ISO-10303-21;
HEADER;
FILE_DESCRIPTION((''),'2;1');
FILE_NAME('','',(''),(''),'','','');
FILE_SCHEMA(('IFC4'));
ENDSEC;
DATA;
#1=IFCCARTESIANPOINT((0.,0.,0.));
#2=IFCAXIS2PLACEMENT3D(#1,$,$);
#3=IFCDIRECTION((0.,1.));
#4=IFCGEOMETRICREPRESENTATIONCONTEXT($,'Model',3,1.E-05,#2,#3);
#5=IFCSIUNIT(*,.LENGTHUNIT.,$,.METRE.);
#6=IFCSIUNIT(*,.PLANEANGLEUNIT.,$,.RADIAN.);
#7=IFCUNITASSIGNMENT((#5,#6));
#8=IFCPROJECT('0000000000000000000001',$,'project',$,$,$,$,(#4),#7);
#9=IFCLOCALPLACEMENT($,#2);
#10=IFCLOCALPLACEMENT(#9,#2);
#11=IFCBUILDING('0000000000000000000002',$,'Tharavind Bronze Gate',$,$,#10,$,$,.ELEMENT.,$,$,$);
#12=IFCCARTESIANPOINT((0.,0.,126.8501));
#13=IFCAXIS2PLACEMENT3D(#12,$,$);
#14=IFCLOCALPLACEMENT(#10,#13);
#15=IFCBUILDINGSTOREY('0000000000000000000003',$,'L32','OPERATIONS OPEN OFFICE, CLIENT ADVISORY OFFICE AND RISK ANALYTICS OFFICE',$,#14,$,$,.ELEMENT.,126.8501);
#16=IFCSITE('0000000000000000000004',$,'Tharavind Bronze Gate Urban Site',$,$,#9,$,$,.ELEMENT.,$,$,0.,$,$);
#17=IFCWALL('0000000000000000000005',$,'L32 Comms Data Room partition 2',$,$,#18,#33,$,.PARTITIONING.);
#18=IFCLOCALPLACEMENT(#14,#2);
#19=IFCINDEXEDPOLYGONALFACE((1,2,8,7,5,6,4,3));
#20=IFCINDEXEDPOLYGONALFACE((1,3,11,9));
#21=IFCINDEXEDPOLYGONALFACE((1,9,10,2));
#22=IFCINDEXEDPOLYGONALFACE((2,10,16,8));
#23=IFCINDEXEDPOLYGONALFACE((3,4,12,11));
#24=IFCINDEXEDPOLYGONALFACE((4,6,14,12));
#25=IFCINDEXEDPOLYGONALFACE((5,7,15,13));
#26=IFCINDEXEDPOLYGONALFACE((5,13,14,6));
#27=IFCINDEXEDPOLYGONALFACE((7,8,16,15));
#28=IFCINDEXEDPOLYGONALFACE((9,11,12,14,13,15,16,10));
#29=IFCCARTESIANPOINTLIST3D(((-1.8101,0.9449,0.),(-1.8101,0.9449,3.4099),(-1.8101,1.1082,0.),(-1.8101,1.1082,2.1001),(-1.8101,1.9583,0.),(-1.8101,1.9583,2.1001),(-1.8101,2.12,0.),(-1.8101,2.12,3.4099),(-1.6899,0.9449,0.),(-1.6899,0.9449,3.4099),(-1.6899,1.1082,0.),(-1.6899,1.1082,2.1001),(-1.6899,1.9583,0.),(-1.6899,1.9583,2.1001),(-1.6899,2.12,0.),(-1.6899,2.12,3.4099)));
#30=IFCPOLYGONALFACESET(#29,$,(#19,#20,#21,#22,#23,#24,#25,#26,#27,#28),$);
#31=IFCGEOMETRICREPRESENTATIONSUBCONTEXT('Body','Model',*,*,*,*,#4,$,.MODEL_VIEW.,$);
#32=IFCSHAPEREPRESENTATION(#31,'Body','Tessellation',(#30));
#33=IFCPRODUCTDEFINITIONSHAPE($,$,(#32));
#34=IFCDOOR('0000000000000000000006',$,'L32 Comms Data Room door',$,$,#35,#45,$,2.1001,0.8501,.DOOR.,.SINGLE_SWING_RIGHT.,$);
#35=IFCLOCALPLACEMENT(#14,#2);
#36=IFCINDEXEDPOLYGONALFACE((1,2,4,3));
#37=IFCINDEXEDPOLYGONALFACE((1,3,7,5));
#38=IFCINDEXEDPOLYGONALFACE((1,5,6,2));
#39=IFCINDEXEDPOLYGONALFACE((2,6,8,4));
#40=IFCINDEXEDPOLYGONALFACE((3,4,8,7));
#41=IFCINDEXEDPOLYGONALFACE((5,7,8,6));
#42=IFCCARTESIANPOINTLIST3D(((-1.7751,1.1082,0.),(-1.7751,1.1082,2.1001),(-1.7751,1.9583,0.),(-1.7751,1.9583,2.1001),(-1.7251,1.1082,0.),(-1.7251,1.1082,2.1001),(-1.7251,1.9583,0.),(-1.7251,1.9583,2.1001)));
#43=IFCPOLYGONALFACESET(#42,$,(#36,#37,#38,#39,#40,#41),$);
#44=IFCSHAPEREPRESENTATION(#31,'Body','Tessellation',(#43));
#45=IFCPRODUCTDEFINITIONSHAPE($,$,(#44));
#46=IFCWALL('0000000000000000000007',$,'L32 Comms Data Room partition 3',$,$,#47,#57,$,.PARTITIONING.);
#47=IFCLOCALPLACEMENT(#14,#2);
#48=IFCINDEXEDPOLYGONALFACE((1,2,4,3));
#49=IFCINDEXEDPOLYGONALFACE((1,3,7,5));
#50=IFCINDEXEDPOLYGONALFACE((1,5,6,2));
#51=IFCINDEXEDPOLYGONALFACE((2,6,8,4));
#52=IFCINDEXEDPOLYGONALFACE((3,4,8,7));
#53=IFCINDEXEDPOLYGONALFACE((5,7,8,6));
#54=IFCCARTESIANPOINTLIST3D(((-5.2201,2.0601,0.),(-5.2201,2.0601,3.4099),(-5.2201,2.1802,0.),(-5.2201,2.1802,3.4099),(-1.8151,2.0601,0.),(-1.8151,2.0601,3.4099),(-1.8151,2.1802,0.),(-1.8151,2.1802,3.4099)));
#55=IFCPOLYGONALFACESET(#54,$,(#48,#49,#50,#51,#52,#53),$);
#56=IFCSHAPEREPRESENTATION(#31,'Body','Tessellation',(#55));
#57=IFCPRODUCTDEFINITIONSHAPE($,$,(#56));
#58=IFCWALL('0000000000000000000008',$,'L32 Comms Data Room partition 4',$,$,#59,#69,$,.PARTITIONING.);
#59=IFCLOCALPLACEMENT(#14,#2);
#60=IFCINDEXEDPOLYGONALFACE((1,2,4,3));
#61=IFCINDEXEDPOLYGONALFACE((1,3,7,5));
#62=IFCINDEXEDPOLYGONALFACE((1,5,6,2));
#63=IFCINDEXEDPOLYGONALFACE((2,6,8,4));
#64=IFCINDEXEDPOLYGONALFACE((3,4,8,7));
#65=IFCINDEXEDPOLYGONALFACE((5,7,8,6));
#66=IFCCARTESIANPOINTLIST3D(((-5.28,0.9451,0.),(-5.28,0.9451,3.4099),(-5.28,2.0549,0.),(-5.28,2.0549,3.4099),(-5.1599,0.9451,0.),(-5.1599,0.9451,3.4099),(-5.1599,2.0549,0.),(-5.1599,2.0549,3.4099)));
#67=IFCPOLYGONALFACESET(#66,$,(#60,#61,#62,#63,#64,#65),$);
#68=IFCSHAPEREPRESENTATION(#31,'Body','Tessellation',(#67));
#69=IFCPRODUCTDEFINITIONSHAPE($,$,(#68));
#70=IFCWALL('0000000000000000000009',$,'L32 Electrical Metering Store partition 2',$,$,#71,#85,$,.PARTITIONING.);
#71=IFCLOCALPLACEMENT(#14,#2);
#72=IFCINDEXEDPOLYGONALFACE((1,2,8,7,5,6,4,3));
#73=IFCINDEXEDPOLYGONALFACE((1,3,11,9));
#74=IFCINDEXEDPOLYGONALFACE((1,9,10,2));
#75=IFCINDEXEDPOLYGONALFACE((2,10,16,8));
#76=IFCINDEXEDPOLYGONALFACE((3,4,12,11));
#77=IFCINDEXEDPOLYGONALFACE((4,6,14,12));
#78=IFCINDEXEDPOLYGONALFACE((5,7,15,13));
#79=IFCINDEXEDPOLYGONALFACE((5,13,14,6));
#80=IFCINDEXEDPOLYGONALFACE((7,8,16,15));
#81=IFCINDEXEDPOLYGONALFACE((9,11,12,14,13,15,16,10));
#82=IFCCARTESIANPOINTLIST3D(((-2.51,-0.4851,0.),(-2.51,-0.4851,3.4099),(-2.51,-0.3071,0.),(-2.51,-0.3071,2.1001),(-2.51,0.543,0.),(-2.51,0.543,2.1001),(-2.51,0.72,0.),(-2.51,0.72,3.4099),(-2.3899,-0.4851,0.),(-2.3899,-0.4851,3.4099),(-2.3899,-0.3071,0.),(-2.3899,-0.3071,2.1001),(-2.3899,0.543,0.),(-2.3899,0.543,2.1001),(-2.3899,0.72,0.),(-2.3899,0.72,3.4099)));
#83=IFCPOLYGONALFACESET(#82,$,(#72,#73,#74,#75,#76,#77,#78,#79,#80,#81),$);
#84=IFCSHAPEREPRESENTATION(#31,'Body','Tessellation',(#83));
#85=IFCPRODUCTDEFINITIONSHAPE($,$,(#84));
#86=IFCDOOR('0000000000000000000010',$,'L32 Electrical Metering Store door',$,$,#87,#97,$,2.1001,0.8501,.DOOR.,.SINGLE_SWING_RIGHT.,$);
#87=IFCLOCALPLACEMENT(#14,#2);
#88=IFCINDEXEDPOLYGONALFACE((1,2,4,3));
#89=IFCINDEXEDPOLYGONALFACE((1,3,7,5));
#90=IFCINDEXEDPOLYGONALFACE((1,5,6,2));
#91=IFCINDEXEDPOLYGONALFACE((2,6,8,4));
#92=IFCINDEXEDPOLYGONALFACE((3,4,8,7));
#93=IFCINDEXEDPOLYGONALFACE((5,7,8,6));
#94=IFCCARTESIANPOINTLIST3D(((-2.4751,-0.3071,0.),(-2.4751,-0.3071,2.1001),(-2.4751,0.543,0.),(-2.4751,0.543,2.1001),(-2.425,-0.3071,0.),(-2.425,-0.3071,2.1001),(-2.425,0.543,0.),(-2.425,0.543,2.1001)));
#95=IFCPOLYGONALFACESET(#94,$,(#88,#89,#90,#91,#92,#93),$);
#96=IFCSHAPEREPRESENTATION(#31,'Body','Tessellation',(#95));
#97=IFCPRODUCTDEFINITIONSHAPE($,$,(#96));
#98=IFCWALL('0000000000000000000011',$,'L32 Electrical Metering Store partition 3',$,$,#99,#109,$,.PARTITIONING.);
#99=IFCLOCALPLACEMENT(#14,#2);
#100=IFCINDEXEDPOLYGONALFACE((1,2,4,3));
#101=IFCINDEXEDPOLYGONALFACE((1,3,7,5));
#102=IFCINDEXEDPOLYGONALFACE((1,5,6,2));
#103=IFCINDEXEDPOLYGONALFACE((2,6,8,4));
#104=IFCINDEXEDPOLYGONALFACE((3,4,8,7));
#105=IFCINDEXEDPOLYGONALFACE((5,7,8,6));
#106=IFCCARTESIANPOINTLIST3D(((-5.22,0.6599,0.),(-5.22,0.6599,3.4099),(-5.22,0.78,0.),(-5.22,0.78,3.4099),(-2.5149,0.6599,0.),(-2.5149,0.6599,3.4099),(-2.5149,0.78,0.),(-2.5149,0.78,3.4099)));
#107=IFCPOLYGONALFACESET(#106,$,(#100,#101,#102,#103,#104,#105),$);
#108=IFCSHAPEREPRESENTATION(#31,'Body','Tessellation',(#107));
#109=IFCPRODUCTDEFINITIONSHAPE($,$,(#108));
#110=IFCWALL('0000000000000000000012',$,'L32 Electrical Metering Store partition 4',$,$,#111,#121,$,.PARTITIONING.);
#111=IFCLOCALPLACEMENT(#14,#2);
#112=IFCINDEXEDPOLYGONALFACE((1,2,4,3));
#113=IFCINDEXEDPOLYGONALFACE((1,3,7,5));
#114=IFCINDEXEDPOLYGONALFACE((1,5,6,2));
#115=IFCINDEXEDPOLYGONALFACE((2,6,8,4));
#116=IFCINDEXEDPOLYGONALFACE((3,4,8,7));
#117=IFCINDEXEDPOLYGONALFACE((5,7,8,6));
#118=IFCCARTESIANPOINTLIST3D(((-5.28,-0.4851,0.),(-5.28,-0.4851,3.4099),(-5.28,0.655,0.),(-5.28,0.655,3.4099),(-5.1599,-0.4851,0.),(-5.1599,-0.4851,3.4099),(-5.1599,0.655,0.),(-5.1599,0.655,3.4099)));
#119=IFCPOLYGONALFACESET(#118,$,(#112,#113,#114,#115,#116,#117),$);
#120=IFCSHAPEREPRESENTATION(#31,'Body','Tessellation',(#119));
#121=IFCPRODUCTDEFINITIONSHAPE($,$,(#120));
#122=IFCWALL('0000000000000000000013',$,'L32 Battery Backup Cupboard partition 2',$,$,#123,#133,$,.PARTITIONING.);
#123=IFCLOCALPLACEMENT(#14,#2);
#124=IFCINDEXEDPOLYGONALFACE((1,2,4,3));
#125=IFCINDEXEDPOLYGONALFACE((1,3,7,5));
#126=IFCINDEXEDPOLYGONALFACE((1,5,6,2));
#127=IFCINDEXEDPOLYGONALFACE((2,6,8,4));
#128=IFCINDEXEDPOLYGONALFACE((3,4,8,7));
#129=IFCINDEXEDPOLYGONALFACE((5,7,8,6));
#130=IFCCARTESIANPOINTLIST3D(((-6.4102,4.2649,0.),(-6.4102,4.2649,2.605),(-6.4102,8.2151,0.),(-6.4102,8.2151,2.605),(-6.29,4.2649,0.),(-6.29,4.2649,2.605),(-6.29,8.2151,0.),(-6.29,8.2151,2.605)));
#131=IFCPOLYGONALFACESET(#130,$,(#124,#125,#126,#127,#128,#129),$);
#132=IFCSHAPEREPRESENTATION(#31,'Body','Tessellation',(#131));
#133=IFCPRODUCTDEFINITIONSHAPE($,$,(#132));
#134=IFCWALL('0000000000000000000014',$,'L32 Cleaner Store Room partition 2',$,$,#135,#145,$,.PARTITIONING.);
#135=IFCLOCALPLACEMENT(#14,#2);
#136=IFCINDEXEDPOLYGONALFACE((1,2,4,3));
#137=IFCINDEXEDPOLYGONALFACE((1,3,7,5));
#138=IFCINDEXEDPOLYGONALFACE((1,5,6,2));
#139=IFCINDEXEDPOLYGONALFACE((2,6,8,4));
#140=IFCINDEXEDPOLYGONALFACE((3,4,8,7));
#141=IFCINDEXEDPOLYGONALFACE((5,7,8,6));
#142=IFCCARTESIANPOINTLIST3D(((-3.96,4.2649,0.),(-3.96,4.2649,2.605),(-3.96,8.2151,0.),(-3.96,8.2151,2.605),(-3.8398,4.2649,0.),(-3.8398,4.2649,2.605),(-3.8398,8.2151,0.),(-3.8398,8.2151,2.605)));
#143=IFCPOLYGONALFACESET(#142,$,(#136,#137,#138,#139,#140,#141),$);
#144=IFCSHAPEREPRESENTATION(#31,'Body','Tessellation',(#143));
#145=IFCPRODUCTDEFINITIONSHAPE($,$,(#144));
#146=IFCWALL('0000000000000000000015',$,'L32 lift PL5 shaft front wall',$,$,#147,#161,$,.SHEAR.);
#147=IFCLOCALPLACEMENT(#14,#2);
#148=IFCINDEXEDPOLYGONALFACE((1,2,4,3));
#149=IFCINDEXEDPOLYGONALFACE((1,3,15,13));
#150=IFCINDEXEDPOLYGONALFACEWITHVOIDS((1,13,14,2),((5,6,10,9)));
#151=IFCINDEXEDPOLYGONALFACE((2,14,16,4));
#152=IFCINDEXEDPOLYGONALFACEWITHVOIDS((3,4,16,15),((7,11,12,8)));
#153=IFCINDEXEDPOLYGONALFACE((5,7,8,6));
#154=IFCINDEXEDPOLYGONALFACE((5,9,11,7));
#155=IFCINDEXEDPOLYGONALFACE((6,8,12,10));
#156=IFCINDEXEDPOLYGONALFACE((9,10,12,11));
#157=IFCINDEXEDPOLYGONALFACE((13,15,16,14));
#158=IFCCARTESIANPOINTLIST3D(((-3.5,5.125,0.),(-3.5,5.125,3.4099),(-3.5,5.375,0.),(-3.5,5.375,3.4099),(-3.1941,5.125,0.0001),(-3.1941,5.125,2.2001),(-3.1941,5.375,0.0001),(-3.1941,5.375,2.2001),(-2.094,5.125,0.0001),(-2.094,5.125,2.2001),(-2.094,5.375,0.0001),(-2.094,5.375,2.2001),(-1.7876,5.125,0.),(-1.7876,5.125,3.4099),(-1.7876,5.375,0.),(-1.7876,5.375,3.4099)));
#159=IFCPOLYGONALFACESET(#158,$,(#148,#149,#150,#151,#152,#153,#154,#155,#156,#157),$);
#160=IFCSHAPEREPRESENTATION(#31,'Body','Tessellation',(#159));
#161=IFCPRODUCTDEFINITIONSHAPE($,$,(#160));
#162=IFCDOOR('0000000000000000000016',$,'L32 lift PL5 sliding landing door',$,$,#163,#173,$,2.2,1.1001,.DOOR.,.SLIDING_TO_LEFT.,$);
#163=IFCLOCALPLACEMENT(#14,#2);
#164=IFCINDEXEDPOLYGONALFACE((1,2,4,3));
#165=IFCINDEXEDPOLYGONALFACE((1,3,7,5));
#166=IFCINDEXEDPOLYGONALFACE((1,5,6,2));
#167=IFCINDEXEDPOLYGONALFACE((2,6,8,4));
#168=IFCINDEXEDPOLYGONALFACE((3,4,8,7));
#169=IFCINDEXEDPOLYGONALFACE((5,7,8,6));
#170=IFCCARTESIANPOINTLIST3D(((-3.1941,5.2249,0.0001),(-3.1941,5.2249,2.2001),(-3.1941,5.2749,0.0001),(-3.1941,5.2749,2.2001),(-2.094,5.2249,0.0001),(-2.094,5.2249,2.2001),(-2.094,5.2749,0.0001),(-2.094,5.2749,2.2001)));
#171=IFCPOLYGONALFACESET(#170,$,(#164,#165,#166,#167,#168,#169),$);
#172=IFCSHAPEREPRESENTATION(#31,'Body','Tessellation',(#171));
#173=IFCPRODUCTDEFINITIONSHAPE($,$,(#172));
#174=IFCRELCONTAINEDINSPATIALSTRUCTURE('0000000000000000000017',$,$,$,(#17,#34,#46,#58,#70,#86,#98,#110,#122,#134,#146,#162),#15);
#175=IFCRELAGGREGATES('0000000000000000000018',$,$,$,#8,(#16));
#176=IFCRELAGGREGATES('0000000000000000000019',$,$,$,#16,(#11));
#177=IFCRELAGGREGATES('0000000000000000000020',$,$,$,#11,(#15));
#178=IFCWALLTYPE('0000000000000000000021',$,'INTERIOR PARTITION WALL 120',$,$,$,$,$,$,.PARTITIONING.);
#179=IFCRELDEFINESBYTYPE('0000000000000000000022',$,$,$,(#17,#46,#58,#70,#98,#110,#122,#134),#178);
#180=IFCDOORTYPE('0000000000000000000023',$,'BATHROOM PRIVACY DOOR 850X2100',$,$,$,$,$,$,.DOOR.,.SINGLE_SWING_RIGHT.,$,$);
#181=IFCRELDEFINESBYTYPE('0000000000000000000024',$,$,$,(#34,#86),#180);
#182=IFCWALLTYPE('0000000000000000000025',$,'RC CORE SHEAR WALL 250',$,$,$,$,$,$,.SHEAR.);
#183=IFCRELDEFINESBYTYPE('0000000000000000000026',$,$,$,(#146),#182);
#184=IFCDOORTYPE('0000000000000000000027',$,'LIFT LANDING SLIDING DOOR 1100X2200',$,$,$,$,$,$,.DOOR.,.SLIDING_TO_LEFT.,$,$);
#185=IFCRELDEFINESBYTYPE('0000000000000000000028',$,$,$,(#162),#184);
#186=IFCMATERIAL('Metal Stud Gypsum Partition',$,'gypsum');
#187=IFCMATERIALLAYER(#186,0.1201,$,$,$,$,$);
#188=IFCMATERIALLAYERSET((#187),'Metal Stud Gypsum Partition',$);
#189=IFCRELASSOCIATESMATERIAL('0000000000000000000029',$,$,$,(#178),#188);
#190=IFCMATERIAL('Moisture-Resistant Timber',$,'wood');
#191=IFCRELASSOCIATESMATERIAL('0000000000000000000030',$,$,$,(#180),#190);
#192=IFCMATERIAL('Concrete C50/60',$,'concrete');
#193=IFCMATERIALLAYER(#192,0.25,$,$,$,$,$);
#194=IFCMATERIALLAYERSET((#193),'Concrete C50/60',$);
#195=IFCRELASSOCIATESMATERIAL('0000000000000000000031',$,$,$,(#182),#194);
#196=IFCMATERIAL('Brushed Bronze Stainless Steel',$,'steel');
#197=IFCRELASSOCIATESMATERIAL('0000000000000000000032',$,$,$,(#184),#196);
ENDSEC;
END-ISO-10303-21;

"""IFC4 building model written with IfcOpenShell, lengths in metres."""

from ifc_helpers import new_model, si_unit, direction, frame, frame_2d, origin, place, context, subcontext, project, spatial, rectangle, extrude, material, layer, layer_set, type_object, element, fill, save


model = new_model("IFC4")

# Units and contexts
model_context = context("Model", 3, precision=1e-05, world=origin(), true_north=direction((0.0, 1.0)))
body_context = subcontext(model_context, "Body", "Model", "MODEL_VIEW")
ifc_project = project(units=[si_unit("LENGTHUNIT", "METRE"), si_unit("PLANEANGLEUNIT", "RADIAN")], contexts=[model_context])

# Site, building, storey
site_placement = place(None, origin())
site = spatial("IfcSite", under=ifc_project, at=site_placement, Name="Tharavind Bronze Gate Urban Site", CompositionType="ELEMENT", RefElevation=0.0)
building_placement = place(site_placement, origin())
building = spatial("IfcBuilding", under=site, at=building_placement, Name="Tharavind Bronze Gate", CompositionType="ELEMENT")
storey_placement = place(building_placement, frame((0.0, 0.0, 126.8501)))
storey = spatial("IfcBuildingStorey", under=building, at=storey_placement, Name="L32", Description="OPERATIONS OPEN OFFICE, CLIENT ADVISORY OFFICE AND RISK ANALYTICS OFFICE", CompositionType="ELEMENT", Elevation=126.8501)

# Shared definitions
ifc_material_1 = material(Name="Metal Stud Gypsum Partition", Category="gypsum")
ifc_layer_1 = layer(ifc_material_1, 0.1201)
ifc_layer_set_1 = layer_set([ifc_layer_1], Name="Metal Stud Gypsum Partition")
wall_type_1 = type_object("IfcWallType", Name="INTERIOR PARTITION WALL 120", PredefinedType="PARTITIONING", material=ifc_layer_set_1)

# Shared definitions
ifc_material_2 = material(Name="Moisture-Resistant Timber", Category="wood")
door_type_1 = type_object("IfcDoorType", Name="BATHROOM PRIVACY DOOR 850X2100", OperationType="SINGLE_SWING_RIGHT", PredefinedType="DOOR", material=ifc_material_2)

# Wall, opening, door
wall_1_placement = place(storey_placement, frame((-1.75, 0.9451, 0.0), z_axis=(0.0, 0.0, 1.0), x_axis=(0.0, 1.0, 0.0)))
wall_1 = element("IfcWall", 1, at=wall_1_placement, inside=storey, type_object=wall_type_1, Name="L32 Comms Data Room partition 2", PredefinedType="PARTITIONING", context=body_context, shape_type="SweptSolid", body=[
    extrude(rectangle(XDim=1.175, YDim=0.1201, at=frame_2d((0.5874, 0.0))), origin(), (0.0, 0.0, 1.0), 3.4099),
])
opening_1_placement = place(wall_1_placement, frame((0.1631, 0.0, 0.0)))
opening_1 = element("IfcOpeningElement", 2, at=opening_1_placement, cuts=wall_1, PredefinedType="OPENING", context=body_context, shape_type="SweptSolid", body=[
    extrude(rectangle(XDim=0.8501, YDim=2.1001, at=frame_2d((0.425, 1.05))), frame((0.0, 0.0701, 0.0), z_axis=(0.0, -1.0, 0.0), x_axis=(1.0, 0.0, 0.0)), (0.0, 0.0, 1.0), 0.1401),
])
door_1_placement = place(opening_1_placement, frame((0.8501, 0.0, 0.0), z_axis=(0.0, 0.0, 1.0), x_axis=(-1.0, 0.0, 0.0)))
door_1 = element("IfcDoor", 3, at=door_1_placement, inside=storey, type_object=door_type_1, Name="L32 Comms Data Room door", OperationType="SINGLE_SWING_RIGHT", OverallHeight=2.1001, OverallWidth=0.8501, PredefinedType="DOOR", context=body_context, shape_type="SweptSolid", body=[
    extrude(rectangle(XDim=0.8501, YDim=2.1001, at=frame_2d((0.425, 1.05))), frame((0.0, 0.0249, 0.0), z_axis=(0.0, -1.0, 0.0), x_axis=(1.0, 0.0, 0.0)), (0.0, 0.0, 1.0), 0.05),
])
fill(opening_1, door_1)

# Walls
wall_2_placement = place(storey_placement, frame((-1.8149, 2.1201, 0.0), z_axis=(0.0, 0.0, 1.0), x_axis=(-1.0, 0.0, 0.0)))
element("IfcWall", 4, at=wall_2_placement, inside=storey, type_object=wall_type_1, Name="L32 Comms Data Room partition 3", PredefinedType="PARTITIONING", context=body_context, shape_type="SweptSolid", body=[
    extrude(rectangle(XDim=3.405, YDim=0.1201, at=frame_2d((1.7026, 0.0))), origin(), (0.0, 0.0, 1.0), 3.4099),
])
wall_3_placement = place(storey_placement, frame((-5.22, 2.0549, 0.0), z_axis=(0.0, 0.0, 1.0), x_axis=(0.0, -1.0, 0.0)))
element("IfcWall", 5, at=wall_3_placement, inside=storey, type_object=wall_type_1, Name="L32 Comms Data Room partition 4", PredefinedType="PARTITIONING", context=body_context, shape_type="SweptSolid", body=[
    extrude(rectangle(XDim=1.1099, YDim=0.1201, at=frame_2d((0.5549, 0.0))), origin(), (0.0, 0.0, 1.0), 3.4099),
])

# Wall, opening, door
wall_4_placement = place(storey_placement, frame((-2.45, -0.4851, 0.0), z_axis=(0.0, 0.0, 1.0), x_axis=(0.0, 1.0, 0.0)))
wall_4 = element("IfcWall", 6, at=wall_4_placement, inside=storey, type_object=wall_type_1, Name="L32 Electrical Metering Store partition 2", PredefinedType="PARTITIONING", context=body_context, shape_type="SweptSolid", body=[
    extrude(rectangle(XDim=1.2051, YDim=0.1201, at=frame_2d((0.6025, 0.0))), origin(), (0.0, 0.0, 1.0), 3.4099),
])
opening_2_placement = place(wall_4_placement, frame((0.178, 0.0, 0.0)))
opening_2 = element("IfcOpeningElement", 7, at=opening_2_placement, cuts=wall_4, PredefinedType="OPENING", context=body_context, shape_type="SweptSolid", body=[
    extrude(rectangle(XDim=0.8501, YDim=2.1001, at=frame_2d((0.425, 1.05))), frame((0.0, 0.0701, 0.0), z_axis=(0.0, -1.0, 0.0), x_axis=(1.0, 0.0, 0.0)), (0.0, 0.0, 1.0), 0.1401),
])
door_2_placement = place(opening_2_placement, frame((0.8501, 0.0, 0.0), z_axis=(0.0, 0.0, 1.0), x_axis=(-1.0, 0.0, 0.0)))
door_2 = element("IfcDoor", 8, at=door_2_placement, inside=storey, type_object=door_type_1, Name="L32 Electrical Metering Store door", OperationType="SINGLE_SWING_RIGHT", OverallHeight=2.1001, OverallWidth=0.8501, PredefinedType="DOOR", context=body_context, shape_type="SweptSolid", body=[
    extrude(rectangle(XDim=0.8501, YDim=2.1001, at=frame_2d((0.425, 1.05))), frame((0.0, 0.0249, 0.0), z_axis=(0.0, -1.0, 0.0), x_axis=(1.0, 0.0, 0.0)), (0.0, 0.0, 1.0), 0.05),
])
fill(opening_2, door_2)

# Walls
wall_5_placement = place(storey_placement, frame((-2.5149, 0.72, 0.0), z_axis=(0.0, 0.0, 1.0), x_axis=(-1.0, 0.0, 0.0)))
element("IfcWall", 9, at=wall_5_placement, inside=storey, type_object=wall_type_1, Name="L32 Electrical Metering Store partition 3", PredefinedType="PARTITIONING", context=body_context, shape_type="SweptSolid", body=[
    extrude(rectangle(XDim=2.7051, YDim=0.1201, at=frame_2d((1.3525, 0.0))), origin(), (0.0, 0.0, 1.0), 3.4099),
])
wall_6_placement = place(storey_placement, frame((-5.22, 0.655, 0.0), z_axis=(0.0, 0.0, 1.0), x_axis=(0.0, -1.0, 0.0)))
element("IfcWall", 10, at=wall_6_placement, inside=storey, type_object=wall_type_1, Name="L32 Electrical Metering Store partition 4", PredefinedType="PARTITIONING", context=body_context, shape_type="SweptSolid", body=[
    extrude(rectangle(XDim=1.1401, YDim=0.1201, at=frame_2d((0.5701, 0.0))), origin(), (0.0, 0.0, 1.0), 3.4099),
])
for number, where, z_axis, x_axis, name in (
    (11, (-6.3501, 4.2649, 0.0), (0.0, 0.0, 1.0), (0.0, 1.0, 0.0), "L32 Battery Backup Cupboard partition 2"),
    (12, (-3.8999, 4.2649, 0.0), (0.0, 0.0, 1.0), (0.0, 1.0, 0.0), "L32 Cleaner Store Room partition 2"),
):
    element("IfcWall", number, at=place(storey_placement, frame(where, z_axis=z_axis, x_axis=x_axis)), inside=storey, type_object=wall_type_1, Name=name, PredefinedType="PARTITIONING", context=body_context, shape_type="SweptSolid", body=[
        extrude(rectangle(XDim=3.9502, YDim=0.1201, at=frame_2d((1.9751, 0.0))), origin(), (0.0, 0.0, 1.0), 2.605),
    ])

# Wall, opening, door
ifc_material_3 = material(Name="Concrete C50/60", Category="concrete")
ifc_layer_2 = layer(ifc_material_3, 0.25)
ifc_layer_set_2 = layer_set([ifc_layer_2], Name="Concrete C50/60")
wall_type_2 = type_object("IfcWallType", Name="RC CORE SHEAR WALL 250", PredefinedType="SHEAR", material=ifc_layer_set_2)
wall_7_placement = place(storey_placement, frame((-3.5, 5.25, 0.0), z_axis=(0.0, 0.0, 1.0), x_axis=(1.0, 0.0, 0.0)))
wall_7 = element("IfcWall", 13, at=wall_7_placement, inside=storey, type_object=wall_type_2, Name="L32 lift PL5 shaft front wall", PredefinedType="SHEAR", context=body_context, shape_type="SweptSolid", body=[
    extrude(rectangle(XDim=1.7124, YDim=0.25, at=frame_2d((0.8562, 0.0))), origin(), (0.0, 0.0, 1.0), 3.4099),
])
opening_3_placement = place(wall_7_placement, frame((0.3059, 0.0, 0.0)))
opening_3 = element("IfcOpeningElement", 14, at=opening_3_placement, cuts=wall_7, PredefinedType="OPENING", context=body_context, shape_type="SweptSolid", body=[
    extrude(rectangle(XDim=1.1001, YDim=2.2, at=frame_2d((0.55, 1.1001))), frame((0.0, 0.135, 0.0), z_axis=(0.0, -1.0, 0.0), x_axis=(1.0, 0.0, 0.0)), (0.0, 0.0, 1.0), 0.27),
])
ifc_material_4 = material(Name="Brushed Bronze Stainless Steel", Category="steel")
door_type_2 = type_object("IfcDoorType", Name="LIFT LANDING SLIDING DOOR 1100X2200", OperationType="SLIDING_TO_LEFT", PredefinedType="DOOR", material=ifc_material_4)
door_3_placement = place(opening_3_placement, origin())
door_3 = element("IfcDoor", 15, at=door_3_placement, inside=storey, type_object=door_type_2, Name="L32 lift PL5 sliding landing door", OperationType="SLIDING_TO_LEFT", OverallHeight=2.2, OverallWidth=1.1001, PredefinedType="DOOR", context=body_context, shape_type="SweptSolid", body=[
    extrude(rectangle(XDim=1.1001, YDim=2.2, at=frame_2d((0.55, 1.1001))), frame((0.0, 0.0249, 0.0), z_axis=(0.0, -1.0, 0.0), x_axis=(1.0, 0.0, 0.0)), (0.0, 0.0, 1.0), 0.05),
])
fill(opening_3, door_3)

save(model, "model.ifc")
